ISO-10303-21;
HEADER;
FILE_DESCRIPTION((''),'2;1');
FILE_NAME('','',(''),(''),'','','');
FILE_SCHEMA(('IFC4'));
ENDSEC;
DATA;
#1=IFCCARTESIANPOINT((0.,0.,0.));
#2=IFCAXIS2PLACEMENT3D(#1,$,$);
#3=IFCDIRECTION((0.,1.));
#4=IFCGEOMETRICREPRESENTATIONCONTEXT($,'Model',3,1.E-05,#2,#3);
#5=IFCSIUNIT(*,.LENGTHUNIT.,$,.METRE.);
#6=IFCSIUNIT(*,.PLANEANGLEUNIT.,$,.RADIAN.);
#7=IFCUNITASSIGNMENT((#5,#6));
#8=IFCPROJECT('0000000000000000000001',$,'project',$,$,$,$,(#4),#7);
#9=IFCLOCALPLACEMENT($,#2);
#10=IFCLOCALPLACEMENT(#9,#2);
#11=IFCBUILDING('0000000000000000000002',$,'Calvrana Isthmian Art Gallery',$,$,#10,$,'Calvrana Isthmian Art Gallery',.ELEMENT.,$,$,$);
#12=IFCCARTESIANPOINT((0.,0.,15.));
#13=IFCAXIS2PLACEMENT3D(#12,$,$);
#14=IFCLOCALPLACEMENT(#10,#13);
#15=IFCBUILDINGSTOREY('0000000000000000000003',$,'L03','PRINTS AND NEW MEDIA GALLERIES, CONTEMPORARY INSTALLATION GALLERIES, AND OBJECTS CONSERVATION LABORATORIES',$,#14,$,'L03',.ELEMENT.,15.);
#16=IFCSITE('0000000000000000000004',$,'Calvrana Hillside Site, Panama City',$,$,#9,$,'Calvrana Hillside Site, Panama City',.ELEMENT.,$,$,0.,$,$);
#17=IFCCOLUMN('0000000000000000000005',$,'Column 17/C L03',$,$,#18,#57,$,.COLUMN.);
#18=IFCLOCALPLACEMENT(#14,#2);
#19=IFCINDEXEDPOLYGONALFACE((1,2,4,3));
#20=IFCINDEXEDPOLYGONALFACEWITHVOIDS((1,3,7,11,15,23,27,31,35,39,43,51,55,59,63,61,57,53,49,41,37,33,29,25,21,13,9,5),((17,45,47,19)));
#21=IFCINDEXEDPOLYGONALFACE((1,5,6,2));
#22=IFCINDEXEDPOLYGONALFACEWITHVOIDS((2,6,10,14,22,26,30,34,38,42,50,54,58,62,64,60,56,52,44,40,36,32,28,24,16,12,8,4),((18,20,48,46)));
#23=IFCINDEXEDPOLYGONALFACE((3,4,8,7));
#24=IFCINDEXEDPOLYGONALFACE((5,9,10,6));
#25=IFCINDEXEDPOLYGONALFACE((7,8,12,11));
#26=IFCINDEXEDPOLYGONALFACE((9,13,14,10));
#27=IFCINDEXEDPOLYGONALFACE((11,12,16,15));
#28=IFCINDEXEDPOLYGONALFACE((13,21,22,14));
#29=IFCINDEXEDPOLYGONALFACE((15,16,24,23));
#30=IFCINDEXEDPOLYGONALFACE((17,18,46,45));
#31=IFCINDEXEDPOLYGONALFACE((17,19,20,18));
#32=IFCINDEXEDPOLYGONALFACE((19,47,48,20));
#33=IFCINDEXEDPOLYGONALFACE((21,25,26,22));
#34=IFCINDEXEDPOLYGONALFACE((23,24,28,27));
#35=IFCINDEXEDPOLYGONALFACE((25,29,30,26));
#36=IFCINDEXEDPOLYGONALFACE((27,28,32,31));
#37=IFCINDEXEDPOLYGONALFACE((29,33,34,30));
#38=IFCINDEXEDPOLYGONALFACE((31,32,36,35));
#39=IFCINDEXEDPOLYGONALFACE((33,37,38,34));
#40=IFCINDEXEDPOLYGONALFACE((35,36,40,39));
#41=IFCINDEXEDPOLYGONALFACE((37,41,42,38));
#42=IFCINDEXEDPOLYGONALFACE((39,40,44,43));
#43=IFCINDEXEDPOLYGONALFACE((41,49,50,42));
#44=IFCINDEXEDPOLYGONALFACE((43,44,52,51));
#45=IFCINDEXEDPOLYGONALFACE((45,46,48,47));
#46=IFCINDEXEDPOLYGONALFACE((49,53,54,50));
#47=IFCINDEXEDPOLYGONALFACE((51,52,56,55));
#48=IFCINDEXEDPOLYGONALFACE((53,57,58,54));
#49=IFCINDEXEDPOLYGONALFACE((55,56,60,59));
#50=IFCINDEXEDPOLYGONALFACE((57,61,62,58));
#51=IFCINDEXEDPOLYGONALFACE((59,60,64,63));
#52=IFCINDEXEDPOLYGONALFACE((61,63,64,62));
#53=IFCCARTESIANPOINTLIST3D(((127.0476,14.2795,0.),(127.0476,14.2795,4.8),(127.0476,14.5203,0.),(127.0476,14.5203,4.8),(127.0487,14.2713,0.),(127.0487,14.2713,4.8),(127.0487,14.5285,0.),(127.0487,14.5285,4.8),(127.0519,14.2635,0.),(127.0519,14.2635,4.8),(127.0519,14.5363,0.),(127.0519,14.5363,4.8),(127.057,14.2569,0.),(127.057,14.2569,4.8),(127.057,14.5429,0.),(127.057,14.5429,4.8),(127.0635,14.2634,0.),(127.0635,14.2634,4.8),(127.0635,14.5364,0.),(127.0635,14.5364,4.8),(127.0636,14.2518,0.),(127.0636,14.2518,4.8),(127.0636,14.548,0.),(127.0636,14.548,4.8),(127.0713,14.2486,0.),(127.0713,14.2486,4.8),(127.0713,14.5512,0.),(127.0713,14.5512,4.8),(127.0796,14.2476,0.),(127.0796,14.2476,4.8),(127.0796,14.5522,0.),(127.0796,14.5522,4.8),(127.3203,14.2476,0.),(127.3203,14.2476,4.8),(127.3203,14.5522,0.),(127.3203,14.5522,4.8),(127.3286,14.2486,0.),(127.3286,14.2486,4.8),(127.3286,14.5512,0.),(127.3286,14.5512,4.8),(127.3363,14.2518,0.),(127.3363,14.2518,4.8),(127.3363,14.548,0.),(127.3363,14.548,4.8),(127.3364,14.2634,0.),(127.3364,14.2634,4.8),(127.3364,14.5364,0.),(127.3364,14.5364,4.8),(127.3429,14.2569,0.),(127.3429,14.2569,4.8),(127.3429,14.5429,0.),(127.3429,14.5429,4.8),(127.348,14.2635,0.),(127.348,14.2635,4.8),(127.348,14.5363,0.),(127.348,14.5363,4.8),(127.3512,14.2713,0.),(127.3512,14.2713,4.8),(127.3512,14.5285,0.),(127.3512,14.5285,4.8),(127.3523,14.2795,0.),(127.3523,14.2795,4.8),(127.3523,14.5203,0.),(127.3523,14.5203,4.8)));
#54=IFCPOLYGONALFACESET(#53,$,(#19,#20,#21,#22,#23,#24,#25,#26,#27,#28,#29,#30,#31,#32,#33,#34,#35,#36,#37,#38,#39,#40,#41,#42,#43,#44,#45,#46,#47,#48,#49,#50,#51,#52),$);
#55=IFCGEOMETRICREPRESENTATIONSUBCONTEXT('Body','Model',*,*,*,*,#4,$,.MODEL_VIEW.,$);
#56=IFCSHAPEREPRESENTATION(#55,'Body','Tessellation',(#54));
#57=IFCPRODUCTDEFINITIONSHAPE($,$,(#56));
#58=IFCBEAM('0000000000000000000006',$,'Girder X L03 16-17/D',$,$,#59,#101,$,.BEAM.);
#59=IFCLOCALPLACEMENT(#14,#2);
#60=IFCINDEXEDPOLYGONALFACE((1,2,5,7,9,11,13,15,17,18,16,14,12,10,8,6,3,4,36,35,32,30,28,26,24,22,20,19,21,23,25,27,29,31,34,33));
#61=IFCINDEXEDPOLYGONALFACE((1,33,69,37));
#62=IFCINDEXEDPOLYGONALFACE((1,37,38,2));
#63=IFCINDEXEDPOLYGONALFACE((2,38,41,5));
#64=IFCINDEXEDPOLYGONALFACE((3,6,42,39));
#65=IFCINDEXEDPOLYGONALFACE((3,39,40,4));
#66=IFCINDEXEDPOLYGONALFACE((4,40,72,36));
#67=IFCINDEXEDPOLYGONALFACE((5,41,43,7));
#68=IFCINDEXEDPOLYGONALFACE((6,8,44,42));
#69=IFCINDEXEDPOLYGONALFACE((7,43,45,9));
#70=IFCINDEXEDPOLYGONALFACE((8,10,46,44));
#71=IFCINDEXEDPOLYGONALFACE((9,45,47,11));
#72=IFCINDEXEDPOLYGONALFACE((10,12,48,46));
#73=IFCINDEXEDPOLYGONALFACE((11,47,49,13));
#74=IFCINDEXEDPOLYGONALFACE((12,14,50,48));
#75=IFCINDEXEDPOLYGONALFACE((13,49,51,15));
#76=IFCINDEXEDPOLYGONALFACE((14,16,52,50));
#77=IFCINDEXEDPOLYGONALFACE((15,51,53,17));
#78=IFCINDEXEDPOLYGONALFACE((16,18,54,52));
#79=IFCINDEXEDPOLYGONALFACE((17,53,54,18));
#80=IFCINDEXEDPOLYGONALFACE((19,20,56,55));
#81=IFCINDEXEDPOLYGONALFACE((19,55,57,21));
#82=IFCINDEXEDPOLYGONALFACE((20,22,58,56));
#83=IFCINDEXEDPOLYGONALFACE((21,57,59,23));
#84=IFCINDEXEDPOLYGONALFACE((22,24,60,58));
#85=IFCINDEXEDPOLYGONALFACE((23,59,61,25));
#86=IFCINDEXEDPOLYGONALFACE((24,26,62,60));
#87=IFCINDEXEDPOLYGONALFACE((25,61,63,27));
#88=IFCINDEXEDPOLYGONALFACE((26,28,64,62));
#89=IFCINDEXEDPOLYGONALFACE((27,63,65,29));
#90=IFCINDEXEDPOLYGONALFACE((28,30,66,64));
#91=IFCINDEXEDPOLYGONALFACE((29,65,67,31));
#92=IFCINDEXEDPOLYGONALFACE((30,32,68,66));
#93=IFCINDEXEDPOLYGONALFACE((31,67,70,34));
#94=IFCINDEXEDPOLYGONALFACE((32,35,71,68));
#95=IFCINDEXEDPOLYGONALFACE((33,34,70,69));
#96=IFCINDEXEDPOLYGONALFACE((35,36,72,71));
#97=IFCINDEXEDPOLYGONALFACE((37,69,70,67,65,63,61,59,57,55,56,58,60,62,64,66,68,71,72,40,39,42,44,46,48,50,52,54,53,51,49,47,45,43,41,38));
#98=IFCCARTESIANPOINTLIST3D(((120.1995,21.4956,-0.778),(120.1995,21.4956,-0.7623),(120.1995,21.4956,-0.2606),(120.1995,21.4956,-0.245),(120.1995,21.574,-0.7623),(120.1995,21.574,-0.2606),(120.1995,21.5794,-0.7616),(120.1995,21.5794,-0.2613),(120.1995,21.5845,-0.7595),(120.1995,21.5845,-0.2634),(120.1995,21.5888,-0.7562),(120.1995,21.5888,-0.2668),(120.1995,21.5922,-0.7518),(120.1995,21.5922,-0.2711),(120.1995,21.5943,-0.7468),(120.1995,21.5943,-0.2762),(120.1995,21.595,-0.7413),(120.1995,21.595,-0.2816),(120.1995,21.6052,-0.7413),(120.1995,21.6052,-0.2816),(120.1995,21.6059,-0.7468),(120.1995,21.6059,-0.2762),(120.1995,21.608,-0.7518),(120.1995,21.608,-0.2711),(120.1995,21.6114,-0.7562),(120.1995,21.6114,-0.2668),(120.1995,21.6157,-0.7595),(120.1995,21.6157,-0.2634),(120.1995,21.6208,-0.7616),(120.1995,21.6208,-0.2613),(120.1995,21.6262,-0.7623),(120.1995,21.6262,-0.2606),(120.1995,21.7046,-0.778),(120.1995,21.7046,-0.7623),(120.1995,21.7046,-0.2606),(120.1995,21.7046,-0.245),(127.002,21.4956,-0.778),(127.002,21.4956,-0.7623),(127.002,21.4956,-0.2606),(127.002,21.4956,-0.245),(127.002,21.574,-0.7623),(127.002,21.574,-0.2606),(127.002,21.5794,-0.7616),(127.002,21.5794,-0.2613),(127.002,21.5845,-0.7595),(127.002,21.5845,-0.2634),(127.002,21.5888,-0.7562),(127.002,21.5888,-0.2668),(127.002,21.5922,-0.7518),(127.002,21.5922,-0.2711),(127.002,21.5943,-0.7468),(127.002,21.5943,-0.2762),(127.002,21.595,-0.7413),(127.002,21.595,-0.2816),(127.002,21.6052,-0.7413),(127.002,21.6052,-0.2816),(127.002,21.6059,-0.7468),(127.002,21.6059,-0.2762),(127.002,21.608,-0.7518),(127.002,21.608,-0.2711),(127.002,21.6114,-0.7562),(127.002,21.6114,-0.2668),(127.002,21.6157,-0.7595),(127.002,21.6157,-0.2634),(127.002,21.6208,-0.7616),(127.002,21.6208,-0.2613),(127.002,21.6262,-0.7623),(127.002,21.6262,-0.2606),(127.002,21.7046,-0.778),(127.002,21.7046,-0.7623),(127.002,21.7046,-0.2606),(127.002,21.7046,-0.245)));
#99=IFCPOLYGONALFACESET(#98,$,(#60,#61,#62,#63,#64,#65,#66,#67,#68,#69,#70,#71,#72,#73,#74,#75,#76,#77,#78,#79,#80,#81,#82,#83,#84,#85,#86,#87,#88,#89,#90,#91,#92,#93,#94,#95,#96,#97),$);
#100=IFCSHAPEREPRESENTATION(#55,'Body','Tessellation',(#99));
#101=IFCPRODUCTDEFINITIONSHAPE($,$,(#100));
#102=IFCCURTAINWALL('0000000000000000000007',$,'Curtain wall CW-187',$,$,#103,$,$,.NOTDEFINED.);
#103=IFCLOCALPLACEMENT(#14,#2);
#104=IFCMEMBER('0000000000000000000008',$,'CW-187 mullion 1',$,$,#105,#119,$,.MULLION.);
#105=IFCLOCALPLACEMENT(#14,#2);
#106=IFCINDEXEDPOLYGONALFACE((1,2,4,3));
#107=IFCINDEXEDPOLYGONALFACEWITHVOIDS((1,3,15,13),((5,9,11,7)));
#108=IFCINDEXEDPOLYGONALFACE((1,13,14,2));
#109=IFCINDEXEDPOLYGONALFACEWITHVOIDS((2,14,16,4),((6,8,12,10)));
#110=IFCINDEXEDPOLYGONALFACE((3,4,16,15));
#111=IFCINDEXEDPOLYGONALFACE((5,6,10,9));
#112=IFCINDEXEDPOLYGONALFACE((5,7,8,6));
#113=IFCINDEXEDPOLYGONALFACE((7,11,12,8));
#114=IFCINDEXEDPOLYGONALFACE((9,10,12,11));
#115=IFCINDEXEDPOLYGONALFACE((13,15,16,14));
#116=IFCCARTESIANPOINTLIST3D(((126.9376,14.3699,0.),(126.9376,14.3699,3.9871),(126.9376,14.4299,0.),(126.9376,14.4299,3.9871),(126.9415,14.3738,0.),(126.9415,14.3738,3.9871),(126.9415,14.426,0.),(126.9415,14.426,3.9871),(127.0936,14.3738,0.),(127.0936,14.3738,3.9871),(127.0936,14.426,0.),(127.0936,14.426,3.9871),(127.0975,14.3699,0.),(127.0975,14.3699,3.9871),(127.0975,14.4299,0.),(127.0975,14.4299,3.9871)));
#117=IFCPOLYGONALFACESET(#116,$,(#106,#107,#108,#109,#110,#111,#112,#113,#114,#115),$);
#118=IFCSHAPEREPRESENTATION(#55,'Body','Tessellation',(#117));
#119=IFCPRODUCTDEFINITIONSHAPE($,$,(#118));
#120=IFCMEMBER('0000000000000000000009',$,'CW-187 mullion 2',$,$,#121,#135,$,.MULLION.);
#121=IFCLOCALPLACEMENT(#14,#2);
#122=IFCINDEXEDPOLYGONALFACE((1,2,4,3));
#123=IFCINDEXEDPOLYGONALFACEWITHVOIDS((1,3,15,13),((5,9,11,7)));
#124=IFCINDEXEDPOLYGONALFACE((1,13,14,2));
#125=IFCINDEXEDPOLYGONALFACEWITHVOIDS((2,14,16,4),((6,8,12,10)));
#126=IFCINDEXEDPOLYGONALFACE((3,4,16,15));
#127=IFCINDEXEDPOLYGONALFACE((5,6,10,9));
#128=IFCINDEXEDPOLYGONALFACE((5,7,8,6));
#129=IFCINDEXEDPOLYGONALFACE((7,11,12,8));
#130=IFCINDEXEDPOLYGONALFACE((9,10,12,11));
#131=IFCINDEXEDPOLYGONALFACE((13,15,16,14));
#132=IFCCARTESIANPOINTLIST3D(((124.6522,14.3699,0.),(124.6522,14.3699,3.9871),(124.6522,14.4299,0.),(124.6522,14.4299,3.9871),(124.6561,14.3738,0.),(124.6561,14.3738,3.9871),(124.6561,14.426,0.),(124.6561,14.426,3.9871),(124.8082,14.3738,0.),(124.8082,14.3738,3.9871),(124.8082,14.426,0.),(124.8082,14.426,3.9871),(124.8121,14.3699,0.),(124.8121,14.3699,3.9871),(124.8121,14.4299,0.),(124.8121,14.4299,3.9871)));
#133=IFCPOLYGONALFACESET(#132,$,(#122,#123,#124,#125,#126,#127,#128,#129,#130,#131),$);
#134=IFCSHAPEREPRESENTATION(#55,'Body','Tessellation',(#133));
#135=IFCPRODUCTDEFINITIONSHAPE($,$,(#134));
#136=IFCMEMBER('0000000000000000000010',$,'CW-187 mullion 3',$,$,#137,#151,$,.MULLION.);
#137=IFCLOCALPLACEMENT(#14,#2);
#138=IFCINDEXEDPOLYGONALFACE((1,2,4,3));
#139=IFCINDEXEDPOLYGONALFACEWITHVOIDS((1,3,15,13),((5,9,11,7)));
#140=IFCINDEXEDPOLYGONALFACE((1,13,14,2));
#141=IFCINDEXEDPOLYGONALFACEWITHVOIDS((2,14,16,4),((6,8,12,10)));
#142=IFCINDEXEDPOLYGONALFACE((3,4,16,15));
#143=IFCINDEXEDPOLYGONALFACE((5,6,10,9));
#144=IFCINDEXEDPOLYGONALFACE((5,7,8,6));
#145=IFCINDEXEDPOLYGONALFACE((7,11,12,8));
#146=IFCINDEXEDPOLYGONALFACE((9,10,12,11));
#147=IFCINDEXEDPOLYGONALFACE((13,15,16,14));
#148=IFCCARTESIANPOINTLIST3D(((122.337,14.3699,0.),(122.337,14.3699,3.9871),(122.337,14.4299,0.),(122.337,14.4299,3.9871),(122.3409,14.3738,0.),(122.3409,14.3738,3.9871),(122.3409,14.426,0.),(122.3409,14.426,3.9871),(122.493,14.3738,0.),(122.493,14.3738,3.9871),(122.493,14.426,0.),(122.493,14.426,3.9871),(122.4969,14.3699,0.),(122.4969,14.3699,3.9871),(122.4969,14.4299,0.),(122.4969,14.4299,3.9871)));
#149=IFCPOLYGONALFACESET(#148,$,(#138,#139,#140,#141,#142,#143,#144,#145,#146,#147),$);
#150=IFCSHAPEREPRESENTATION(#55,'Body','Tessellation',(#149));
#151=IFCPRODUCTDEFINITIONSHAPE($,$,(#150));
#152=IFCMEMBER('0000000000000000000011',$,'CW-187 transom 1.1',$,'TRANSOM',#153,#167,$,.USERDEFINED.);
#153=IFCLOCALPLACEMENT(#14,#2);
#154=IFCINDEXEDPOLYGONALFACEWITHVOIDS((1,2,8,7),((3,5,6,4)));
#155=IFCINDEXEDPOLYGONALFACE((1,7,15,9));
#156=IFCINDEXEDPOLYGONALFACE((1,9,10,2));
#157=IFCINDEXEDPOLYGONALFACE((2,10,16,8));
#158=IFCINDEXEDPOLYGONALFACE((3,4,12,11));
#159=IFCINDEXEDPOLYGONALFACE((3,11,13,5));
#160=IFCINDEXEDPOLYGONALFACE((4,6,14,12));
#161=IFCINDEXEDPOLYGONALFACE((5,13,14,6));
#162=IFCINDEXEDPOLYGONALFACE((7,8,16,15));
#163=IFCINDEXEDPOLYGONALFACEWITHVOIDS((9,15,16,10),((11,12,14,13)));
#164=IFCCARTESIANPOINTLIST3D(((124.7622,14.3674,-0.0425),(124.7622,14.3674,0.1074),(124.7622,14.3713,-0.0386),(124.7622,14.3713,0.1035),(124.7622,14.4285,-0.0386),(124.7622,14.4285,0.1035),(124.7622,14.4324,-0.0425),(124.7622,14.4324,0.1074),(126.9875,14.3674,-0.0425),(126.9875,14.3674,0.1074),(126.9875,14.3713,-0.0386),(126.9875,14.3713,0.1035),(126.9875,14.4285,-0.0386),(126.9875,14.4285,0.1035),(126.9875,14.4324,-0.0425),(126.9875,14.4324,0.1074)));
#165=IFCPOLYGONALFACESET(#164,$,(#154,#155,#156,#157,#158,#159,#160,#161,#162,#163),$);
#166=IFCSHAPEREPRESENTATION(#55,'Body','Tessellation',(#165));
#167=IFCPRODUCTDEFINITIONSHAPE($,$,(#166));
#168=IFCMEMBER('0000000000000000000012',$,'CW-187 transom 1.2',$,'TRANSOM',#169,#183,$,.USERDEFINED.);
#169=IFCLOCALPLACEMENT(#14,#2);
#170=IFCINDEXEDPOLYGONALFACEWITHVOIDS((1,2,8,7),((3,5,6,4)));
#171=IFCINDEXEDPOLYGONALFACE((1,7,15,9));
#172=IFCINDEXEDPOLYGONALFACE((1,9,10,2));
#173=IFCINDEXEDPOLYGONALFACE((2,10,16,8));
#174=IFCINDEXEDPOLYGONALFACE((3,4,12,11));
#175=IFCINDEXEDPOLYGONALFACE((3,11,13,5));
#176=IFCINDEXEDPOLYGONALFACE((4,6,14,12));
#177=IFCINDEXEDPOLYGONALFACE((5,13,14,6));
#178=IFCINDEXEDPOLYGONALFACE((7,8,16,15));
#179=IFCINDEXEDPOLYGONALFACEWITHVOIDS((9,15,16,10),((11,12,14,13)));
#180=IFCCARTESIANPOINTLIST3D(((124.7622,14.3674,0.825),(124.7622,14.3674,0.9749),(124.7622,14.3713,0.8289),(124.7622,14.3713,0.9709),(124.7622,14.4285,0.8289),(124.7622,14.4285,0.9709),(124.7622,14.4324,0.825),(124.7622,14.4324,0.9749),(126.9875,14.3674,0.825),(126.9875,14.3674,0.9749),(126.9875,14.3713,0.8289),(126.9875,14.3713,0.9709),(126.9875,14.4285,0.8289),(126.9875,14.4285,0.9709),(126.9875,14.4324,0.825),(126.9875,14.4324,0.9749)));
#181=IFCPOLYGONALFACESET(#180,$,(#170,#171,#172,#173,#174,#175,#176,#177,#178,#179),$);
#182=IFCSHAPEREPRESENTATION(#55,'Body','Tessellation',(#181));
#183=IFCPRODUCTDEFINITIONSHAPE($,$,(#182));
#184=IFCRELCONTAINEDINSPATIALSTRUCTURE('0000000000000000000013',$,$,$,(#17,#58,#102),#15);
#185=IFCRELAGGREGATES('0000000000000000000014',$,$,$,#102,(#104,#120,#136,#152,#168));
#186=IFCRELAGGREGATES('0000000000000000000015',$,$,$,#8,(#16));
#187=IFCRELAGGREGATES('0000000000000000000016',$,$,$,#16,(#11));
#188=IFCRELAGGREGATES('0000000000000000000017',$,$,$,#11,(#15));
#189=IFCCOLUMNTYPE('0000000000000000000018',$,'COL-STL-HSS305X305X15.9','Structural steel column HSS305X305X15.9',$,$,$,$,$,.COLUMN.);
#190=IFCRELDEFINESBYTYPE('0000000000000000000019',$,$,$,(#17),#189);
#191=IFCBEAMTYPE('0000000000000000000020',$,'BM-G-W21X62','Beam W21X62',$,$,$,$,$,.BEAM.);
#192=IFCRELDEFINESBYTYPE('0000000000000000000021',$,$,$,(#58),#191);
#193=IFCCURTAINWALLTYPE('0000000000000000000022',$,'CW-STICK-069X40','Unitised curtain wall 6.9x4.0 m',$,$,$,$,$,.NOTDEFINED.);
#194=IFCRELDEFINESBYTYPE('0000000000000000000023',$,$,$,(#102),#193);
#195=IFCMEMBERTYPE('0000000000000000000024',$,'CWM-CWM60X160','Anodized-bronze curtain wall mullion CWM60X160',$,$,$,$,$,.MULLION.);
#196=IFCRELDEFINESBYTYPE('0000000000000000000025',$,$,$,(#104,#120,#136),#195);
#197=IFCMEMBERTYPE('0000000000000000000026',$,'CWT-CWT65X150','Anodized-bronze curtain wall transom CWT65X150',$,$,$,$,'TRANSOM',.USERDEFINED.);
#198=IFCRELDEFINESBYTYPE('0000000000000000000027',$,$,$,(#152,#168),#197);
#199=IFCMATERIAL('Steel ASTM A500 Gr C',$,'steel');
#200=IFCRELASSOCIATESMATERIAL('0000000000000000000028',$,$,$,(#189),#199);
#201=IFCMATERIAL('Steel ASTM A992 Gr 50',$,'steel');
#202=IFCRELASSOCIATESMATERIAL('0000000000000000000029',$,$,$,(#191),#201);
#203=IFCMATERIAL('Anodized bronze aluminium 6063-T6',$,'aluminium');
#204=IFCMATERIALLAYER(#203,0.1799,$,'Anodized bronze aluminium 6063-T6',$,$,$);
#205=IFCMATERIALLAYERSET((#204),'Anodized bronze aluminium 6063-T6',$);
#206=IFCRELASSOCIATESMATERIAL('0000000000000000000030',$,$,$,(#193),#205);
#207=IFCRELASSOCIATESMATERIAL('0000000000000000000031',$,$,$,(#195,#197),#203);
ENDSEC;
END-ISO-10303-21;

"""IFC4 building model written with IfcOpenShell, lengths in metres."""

from ifc_helpers import new_model, si_unit, direction, frame, origin, origin_2d, place, context, subcontext, project, spatial, hollow_rectangle, i_section, extrude, material, layer, layer_set, material_profile, profile_set, type_object, element, aggregate, save


model = new_model("IFC4")

# Units and contexts
model_context = context("Model", 3, precision=1e-05, world=origin(), true_north=direction((0.0, 1.0)))
body_context = subcontext(model_context, "Body", "Model", "MODEL_VIEW")
ifc_project = project(units=[si_unit("LENGTHUNIT", "METRE"), si_unit("PLANEANGLEUNIT", "RADIAN")], contexts=[model_context])

# Site, building, storey
site_placement = place(None, origin())
site = spatial("IfcSite", under=ifc_project, at=site_placement, Name="Calvrana Hillside Site, Panama City", LongName="Calvrana Hillside Site, Panama City", CompositionType="ELEMENT", RefElevation=0.0)
building_placement = place(site_placement, origin())
building = spatial("IfcBuilding", under=site, at=building_placement, Name="Calvrana Isthmian Art Gallery", LongName="Calvrana Isthmian Art Gallery", CompositionType="ELEMENT")
storey_placement = place(building_placement, frame((0.0, 0.0, 15.0)))
storey = spatial("IfcBuildingStorey", under=building, at=storey_placement, Name="L03", Description="PRINTS AND NEW MEDIA GALLERIES, CONTEMPORARY INSTALLATION GALLERIES, AND OBJECTS CONSERVATION LABORATORIES", LongName="L03", CompositionType="ELEMENT", Elevation=15.0)

# Column
ifc_material_1 = material(Name="Steel ASTM A500 Gr C", Category="steel")
ifc_material_profile_1 = material_profile(ifc_material_1, hollow_rectangle(XDim=0.3047, YDim=0.3047, WallThickness=0.0159, OuterFilletRadius=0.032, at=origin_2d()), Name="HSS305X305X15.9")
ifc_profile_set_1 = profile_set([ifc_material_profile_1], Name="Steel ASTM A500 Gr C")
column_type = type_object("IfcColumnType", Name="COL-STL-HSS305X305X15.9", Description="Structural steel column HSS305X305X15.9", PredefinedType="COLUMN", material=ifc_profile_set_1)
column_placement = place(storey_placement, frame((127.2, 14.3999, 0.0), z_axis=(0.0, 0.0, 1.0), x_axis=(1.0, 0.0, 0.0)))
element("IfcColumn", 1, at=column_placement, inside=storey, type_object=column_type, Name="Column 17/C L03", PredefinedType="COLUMN", context=body_context, shape_type="SweptSolid", body=[
    extrude(hollow_rectangle(XDim=0.3047, YDim=0.3047, WallThickness=0.0159, OuterFilletRadius=0.032, at=origin_2d()), origin(), (0.0, 0.0, 1.0), 4.8),
])

# Beam
ifc_material_2 = material(Name="Steel ASTM A992 Gr 50", Category="steel")
ifc_material_profile_2 = material_profile(ifc_material_2, i_section(OverallWidth=0.209, OverallDepth=0.533, WebThickness=0.0103, FlangeThickness=0.0156, FilletRadius=0.021, at=origin_2d()), Name="W21X62")
ifc_profile_set_2 = profile_set([ifc_material_profile_2], Name="Steel ASTM A992 Gr 50")
beam_type = type_object("IfcBeamType", Name="BM-G-W21X62", Description="Beam W21X62", PredefinedType="BEAM", material=ifc_profile_set_2)
beam_placement = place(storey_placement, frame((120.1995, 21.6001, -0.5115), z_axis=(1.0, 0.0, 0.0), x_axis=(0.0, 1.0, 0.0)))
element("IfcBeam", 2, at=beam_placement, inside=storey, type_object=beam_type, Name="Girder X L03 16-17/D", PredefinedType="BEAM", context=body_context, shape_type="SweptSolid", body=[
    extrude(i_section(OverallWidth=0.209, OverallDepth=0.533, WebThickness=0.0103, FlangeThickness=0.0156, FilletRadius=0.021, at=origin_2d()), origin(), (0.0, 0.0, 1.0), 6.8025),
])

# Curtain wall, members
ifc_material_3 = material(Name="Anodized bronze aluminium 6063-T6", Category="aluminium")
ifc_layer_1 = layer(ifc_material_3, 0.1799, Name="Anodized bronze aluminium 6063-T6")
ifc_layer_set_1 = layer_set([ifc_layer_1], Name="Anodized bronze aluminium 6063-T6")
curtain_wall_type = type_object("IfcCurtainWallType", Name="CW-STICK-069X40", Description="Unitised curtain wall 6.9x4.0 m", PredefinedType="NOTDEFINED", material=ifc_layer_set_1)
curtain_wall_placement = place(storey_placement, origin())
curtain_wall = element("IfcCurtainWall", 3, at=curtain_wall_placement, inside=storey, type_object=curtain_wall_type, Name="Curtain wall CW-187", PredefinedType="NOTDEFINED")
ifc_material_profile_3 = material_profile(ifc_material_3, hollow_rectangle(XDim=0.0601, YDim=0.1599, WallThickness=0.0039, at=origin_2d()), Name="CWM60X160")
ifc_profile_set_3 = profile_set([ifc_material_profile_3], Name="Anodized bronze aluminium 6063-T6")
member_type_1 = type_object("IfcMemberType", Name="CWM-CWM60X160", Description="Anodized-bronze curtain wall mullion CWM60X160", PredefinedType="MULLION", material=ifc_profile_set_3)
member_1_placement = place(storey_placement, frame((127.0176, 14.3999, 0.0), z_axis=(0.0, 0.0, 1.0), x_axis=(0.0, -1.0, 0.0)))
member_1 = element("IfcMember", 4, at=member_1_placement, type_object=member_type_1, Name="CW-187 mullion 1", PredefinedType="MULLION", context=body_context, shape_type="SweptSolid", body=[
    extrude(hollow_rectangle(XDim=0.0601, YDim=0.1599, WallThickness=0.0039, at=origin_2d()), origin(), (0.0, 0.0, 1.0), 3.9871),
])
member_2_placement = place(storey_placement, frame((124.7322, 14.3999, 0.0), z_axis=(0.0, 0.0, 1.0), x_axis=(0.0, -1.0, 0.0)))
member_2 = element("IfcMember", 5, at=member_2_placement, type_object=member_type_1, Name="CW-187 mullion 2", PredefinedType="MULLION", context=body_context, shape_type="SweptSolid", body=[
    extrude(hollow_rectangle(XDim=0.0601, YDim=0.1599, WallThickness=0.0039, at=origin_2d()), origin(), (0.0, 0.0, 1.0), 3.9871),
])
member_3_placement = place(storey_placement, frame((122.417, 14.3999, 0.0), z_axis=(0.0, 0.0, 1.0), x_axis=(0.0, -1.0, 0.0)))
member_3 = element("IfcMember", 6, at=member_3_placement, type_object=member_type_1, Name="CW-187 mullion 3", PredefinedType="MULLION", context=body_context, shape_type="SweptSolid", body=[
    extrude(hollow_rectangle(XDim=0.0601, YDim=0.1599, WallThickness=0.0039, at=origin_2d()), origin(), (0.0, 0.0, 1.0), 3.9871),
])
ifc_material_profile_4 = material_profile(ifc_material_3, hollow_rectangle(XDim=0.0649, YDim=0.1499, WallThickness=0.0039, at=origin_2d()), Name="CWT65X150")
ifc_profile_set_4 = profile_set([ifc_material_profile_4], Name="Anodized bronze aluminium 6063-T6")
member_type_2 = type_object("IfcMemberType", Name="CWT-CWT65X150", Description="Anodized-bronze curtain wall transom CWT65X150", ElementType="TRANSOM", PredefinedType="USERDEFINED", material=ifc_profile_set_4)
member_4_placement = place(storey_placement, frame((126.9875, 14.3999, 0.0325), z_axis=(-1.0, 0.0, 0.0), x_axis=(0.0, -1.0, 0.0)))
member_4 = element("IfcMember", 7, at=member_4_placement, type_object=member_type_2, Name="CW-187 transom 1.1", ObjectType="TRANSOM", PredefinedType="USERDEFINED", context=body_context, shape_type="SweptSolid", body=[
    extrude(hollow_rectangle(XDim=0.0649, YDim=0.1499, WallThickness=0.0039, at=origin_2d()), origin(), (0.0, 0.0, 1.0), 2.2253),
])
member_5_placement = place(storey_placement, frame((126.9875, 14.3999, 0.8999), z_axis=(-1.0, 0.0, 0.0), x_axis=(0.0, -1.0, 0.0)))
member_5 = element("IfcMember", 8, at=member_5_placement, type_object=member_type_2, Name="CW-187 transom 1.2", ObjectType="TRANSOM", PredefinedType="USERDEFINED", context=body_context, shape_type="SweptSolid", body=[
    extrude(hollow_rectangle(XDim=0.0649, YDim=0.1499, WallThickness=0.0039, at=origin_2d()), origin(), (0.0, 0.0, 1.0), 2.2253),
])
aggregate(curtain_wall, [member_1, member_2, member_3, member_4, member_5])

save(model, "model.ifc")
